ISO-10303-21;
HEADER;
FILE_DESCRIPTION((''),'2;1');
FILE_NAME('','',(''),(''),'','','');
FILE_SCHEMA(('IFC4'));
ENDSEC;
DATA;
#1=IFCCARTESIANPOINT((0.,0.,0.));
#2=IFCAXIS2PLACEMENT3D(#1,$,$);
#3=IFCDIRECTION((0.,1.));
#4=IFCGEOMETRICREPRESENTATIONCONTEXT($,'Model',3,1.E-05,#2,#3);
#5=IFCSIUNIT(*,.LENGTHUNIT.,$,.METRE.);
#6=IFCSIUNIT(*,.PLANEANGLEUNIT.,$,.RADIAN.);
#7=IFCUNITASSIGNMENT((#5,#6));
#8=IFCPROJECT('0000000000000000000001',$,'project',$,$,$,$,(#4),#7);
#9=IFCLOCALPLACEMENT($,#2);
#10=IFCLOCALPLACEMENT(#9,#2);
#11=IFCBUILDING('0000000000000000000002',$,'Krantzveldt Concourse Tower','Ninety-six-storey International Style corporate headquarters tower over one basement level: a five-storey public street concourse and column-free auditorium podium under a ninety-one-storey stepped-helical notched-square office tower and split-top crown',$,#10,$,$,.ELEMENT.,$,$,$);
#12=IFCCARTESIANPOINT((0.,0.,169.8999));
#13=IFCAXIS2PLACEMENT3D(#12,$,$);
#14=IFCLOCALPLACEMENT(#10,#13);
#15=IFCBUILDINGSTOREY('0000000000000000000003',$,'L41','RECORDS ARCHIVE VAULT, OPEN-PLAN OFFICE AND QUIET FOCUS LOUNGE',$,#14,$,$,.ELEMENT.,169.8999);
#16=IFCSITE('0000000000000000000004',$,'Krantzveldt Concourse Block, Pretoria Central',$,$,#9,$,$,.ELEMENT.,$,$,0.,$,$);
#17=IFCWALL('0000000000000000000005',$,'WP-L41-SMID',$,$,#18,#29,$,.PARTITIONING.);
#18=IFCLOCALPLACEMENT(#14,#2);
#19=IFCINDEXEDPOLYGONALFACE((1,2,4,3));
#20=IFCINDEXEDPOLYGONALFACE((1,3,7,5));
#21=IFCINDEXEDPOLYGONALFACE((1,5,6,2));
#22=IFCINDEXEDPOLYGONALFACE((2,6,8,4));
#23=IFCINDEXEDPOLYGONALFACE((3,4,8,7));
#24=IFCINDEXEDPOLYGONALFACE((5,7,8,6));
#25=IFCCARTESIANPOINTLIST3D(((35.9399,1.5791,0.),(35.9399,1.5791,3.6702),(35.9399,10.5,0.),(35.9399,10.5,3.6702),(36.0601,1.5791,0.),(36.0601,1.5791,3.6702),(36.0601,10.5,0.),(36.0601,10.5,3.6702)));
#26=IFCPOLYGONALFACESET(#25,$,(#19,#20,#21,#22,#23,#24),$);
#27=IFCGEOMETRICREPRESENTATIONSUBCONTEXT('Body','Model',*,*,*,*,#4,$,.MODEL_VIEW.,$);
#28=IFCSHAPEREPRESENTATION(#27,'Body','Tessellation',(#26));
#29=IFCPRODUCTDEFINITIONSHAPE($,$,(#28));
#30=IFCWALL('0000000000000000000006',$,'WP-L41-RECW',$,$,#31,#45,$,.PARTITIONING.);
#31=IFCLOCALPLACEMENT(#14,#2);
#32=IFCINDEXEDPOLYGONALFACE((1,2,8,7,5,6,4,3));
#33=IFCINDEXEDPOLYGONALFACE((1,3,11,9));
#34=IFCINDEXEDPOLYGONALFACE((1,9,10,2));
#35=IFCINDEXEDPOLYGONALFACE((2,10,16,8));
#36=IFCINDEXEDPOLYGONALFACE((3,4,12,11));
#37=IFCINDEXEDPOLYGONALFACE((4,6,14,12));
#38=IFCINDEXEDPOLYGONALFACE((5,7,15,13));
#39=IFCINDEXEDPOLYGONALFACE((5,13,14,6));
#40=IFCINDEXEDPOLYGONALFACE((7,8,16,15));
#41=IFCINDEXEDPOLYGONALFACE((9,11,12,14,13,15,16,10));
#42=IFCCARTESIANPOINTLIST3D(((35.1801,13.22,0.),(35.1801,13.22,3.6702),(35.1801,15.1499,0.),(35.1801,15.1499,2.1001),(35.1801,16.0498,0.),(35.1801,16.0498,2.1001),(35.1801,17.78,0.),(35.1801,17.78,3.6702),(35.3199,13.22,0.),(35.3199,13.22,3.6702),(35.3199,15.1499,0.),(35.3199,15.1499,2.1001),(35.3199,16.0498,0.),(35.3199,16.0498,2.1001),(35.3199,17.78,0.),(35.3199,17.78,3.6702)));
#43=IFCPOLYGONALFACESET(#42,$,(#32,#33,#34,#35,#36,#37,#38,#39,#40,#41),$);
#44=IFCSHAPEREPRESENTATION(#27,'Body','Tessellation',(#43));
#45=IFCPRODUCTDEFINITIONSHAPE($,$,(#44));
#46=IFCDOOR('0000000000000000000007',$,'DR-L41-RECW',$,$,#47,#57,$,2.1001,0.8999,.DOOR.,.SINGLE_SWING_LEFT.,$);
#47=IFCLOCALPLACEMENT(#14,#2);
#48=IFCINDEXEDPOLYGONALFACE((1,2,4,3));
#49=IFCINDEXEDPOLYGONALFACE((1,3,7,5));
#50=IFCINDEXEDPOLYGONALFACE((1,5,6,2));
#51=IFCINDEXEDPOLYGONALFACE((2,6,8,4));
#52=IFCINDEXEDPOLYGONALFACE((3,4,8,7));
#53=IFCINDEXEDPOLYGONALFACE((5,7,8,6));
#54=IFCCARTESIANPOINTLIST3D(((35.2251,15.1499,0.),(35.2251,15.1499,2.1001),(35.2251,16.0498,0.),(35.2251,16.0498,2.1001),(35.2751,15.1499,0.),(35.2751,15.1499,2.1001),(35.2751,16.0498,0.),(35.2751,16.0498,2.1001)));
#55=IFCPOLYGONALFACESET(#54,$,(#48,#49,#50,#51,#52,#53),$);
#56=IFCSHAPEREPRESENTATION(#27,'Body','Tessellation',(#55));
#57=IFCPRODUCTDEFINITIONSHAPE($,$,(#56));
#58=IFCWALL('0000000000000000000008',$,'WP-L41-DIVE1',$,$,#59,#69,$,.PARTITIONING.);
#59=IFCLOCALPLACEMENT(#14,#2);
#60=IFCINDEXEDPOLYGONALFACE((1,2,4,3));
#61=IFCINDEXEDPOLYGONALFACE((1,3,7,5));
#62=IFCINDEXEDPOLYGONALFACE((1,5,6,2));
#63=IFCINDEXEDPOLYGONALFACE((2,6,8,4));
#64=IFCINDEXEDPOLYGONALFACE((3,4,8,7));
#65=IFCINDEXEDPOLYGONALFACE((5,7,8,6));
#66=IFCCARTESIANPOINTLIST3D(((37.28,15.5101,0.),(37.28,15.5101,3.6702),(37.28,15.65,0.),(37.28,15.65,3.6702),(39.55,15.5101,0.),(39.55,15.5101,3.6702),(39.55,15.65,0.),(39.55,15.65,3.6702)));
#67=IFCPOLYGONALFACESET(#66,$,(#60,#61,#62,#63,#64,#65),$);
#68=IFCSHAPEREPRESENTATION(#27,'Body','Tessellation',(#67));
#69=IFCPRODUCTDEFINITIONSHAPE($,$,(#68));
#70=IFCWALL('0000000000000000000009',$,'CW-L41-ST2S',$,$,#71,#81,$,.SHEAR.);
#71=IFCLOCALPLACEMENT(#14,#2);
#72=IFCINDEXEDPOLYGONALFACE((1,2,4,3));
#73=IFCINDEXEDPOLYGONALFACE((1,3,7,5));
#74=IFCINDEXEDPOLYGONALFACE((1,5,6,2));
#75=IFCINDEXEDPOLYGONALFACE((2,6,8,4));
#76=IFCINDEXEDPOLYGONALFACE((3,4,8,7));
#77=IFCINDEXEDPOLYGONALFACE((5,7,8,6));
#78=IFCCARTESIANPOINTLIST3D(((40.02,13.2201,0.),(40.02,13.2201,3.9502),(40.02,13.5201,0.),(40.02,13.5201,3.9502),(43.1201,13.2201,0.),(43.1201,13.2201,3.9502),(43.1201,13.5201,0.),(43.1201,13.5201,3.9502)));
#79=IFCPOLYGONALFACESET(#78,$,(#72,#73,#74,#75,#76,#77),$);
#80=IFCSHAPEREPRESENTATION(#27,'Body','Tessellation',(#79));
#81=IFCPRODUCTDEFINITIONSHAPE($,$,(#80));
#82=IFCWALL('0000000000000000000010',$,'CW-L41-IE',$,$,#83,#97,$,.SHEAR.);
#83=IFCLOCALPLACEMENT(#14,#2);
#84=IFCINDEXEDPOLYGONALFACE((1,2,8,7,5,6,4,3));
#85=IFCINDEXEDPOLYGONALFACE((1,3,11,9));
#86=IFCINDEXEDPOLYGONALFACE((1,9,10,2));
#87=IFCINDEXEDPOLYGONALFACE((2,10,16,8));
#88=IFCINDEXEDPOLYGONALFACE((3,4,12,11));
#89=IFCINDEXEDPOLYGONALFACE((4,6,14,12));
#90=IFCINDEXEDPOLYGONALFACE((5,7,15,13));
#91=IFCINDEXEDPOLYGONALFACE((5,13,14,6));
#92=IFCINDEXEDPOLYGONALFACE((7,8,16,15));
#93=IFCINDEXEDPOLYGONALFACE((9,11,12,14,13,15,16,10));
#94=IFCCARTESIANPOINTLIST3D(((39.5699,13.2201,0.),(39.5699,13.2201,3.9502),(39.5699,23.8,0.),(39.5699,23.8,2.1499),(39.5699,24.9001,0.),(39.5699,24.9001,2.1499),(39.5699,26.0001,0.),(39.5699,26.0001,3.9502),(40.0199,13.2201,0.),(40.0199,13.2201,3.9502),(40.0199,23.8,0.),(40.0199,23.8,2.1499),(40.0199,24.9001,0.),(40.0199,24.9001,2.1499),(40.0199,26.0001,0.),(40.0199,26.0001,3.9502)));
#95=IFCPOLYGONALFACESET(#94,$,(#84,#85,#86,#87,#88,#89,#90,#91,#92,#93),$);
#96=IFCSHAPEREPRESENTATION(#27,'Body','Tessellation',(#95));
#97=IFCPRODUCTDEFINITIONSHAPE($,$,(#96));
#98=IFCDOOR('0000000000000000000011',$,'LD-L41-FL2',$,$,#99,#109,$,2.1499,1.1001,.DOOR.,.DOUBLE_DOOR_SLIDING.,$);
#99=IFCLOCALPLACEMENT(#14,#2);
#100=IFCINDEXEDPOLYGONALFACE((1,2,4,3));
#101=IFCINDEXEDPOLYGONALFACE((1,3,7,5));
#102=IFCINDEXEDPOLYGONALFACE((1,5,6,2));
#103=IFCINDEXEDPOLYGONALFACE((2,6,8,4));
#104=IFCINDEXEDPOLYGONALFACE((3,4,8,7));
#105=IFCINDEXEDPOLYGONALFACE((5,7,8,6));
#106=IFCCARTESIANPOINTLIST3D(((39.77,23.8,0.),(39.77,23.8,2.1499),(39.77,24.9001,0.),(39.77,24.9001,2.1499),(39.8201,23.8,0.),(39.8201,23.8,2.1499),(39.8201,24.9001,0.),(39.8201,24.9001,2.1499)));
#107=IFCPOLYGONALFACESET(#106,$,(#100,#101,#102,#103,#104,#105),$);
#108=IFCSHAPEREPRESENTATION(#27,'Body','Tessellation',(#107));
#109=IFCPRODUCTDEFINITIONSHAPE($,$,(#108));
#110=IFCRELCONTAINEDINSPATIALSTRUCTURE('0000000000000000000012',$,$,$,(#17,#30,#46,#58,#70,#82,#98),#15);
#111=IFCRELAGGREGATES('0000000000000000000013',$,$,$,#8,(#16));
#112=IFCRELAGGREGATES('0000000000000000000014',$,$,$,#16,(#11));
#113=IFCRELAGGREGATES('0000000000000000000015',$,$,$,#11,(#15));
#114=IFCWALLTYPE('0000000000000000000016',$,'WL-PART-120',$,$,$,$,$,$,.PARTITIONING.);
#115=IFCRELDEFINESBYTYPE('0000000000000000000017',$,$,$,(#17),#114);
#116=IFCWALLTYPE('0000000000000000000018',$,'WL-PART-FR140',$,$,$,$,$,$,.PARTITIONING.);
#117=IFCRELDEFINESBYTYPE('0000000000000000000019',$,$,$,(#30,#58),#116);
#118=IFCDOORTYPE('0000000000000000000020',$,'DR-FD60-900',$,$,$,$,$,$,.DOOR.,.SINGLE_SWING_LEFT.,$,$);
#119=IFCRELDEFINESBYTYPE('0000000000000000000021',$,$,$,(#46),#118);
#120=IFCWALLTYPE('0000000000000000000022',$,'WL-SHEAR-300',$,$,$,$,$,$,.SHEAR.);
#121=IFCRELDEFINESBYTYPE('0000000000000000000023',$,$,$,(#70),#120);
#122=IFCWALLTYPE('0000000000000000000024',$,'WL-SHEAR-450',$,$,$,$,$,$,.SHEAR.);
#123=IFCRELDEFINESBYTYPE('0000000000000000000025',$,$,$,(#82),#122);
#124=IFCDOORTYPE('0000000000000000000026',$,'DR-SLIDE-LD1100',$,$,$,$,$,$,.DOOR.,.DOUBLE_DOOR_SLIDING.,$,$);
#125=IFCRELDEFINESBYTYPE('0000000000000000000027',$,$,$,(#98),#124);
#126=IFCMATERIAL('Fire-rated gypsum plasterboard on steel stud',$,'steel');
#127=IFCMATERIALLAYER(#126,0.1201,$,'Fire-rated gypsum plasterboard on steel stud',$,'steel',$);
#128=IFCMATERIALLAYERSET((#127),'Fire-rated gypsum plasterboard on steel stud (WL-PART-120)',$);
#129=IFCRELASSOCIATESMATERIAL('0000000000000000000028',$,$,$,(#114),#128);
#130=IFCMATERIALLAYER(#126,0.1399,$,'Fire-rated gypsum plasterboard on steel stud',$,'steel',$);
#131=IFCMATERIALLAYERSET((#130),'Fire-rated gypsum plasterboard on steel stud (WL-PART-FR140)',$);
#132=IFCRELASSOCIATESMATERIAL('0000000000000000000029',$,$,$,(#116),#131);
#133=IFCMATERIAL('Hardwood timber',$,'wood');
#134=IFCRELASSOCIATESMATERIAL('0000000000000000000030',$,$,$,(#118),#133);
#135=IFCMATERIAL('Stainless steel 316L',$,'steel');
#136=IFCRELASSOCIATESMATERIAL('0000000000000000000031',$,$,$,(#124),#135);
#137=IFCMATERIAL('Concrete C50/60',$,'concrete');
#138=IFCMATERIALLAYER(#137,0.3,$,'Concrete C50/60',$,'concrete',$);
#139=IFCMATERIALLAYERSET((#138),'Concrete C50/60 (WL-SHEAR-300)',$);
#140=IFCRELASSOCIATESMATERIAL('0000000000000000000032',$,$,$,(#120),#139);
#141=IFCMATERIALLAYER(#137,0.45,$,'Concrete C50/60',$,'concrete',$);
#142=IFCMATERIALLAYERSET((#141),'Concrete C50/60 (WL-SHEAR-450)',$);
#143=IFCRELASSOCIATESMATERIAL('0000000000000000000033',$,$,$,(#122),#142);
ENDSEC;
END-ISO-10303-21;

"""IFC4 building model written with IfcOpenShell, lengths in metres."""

from ifc_helpers import new_model, si_unit, direction, frame, frame_2d, origin, place, context, subcontext, project, spatial, rectangle, extrude, material, layer, layer_set, type_object, element, fill, save


model = new_model("IFC4")

# Units and contexts
model_context = context("Model", 3, precision=1e-05, world=origin(), true_north=direction((0.0, 1.0)))
body_context = subcontext(model_context, "Body", "Model", "MODEL_VIEW")
ifc_project = project(units=[si_unit("LENGTHUNIT", "METRE"), si_unit("PLANEANGLEUNIT", "RADIAN")], contexts=[model_context])

# Site, building, storey
site_placement = place(None, origin())
site = spatial("IfcSite", under=ifc_project, at=site_placement, Name="Krantzveldt Concourse Block, Pretoria Central", CompositionType="ELEMENT", RefElevation=0.0)
building_placement = place(site_placement, origin())
building = spatial("IfcBuilding", under=site, at=building_placement, Name="Krantzveldt Concourse Tower", Description="Ninety-six-storey International Style corporate headquarters tower over one basement level: a five-storey public street concourse and column-free auditorium podium under a ninety-one-storey stepped-helical notched-square office tower and split-top crown", CompositionType="ELEMENT")
storey_placement = place(building_placement, frame((0.0, 0.0, 169.8999)))
storey = spatial("IfcBuildingStorey", under=building, at=storey_placement, Name="L41", Description="RECORDS ARCHIVE VAULT, OPEN-PLAN OFFICE AND QUIET FOCUS LOUNGE", CompositionType="ELEMENT", Elevation=169.8999)

# Shared definitions
ifc_material_1 = material(Name="Fire-rated gypsum plasterboard on steel stud", Category="steel")
ifc_layer_1 = layer(ifc_material_1, 0.1201, Name="Fire-rated gypsum plasterboard on steel stud", Category="steel")
ifc_layer_set_1 = layer_set([ifc_layer_1], Name="Fire-rated gypsum plasterboard on steel stud (WL-PART-120)")
wall_type_1 = type_object("IfcWallType", Name="WL-PART-120", PredefinedType="PARTITIONING", material=ifc_layer_set_1)
ifc_material_2 = material(Name="Hardwood timber", Category="wood")

# Wall
wall_1_placement = place(storey_placement, frame((36.0, 1.5791, 0.0), z_axis=(0.0, 0.0, 1.0), x_axis=(0.0, 1.0, 0.0)))
element("IfcWall", 1, at=wall_1_placement, inside=storey, type_object=wall_type_1, Name="WP-L41-SMID", PredefinedType="PARTITIONING", context=body_context, shape_type="SweptSolid", body=[
    extrude(rectangle(XDim=8.9209, YDim=0.1201, at=frame_2d((4.4604, 0.0))), origin(), (0.0, 0.0, 1.0), 3.6702),
])

# Wall, opening, door
ifc_layer_2 = layer(ifc_material_1, 0.1399, Name="Fire-rated gypsum plasterboard on steel stud", Category="steel")
ifc_layer_set_2 = layer_set([ifc_layer_2], Name="Fire-rated gypsum plasterboard on steel stud (WL-PART-FR140)")
wall_type_2 = type_object("IfcWallType", Name="WL-PART-FR140", PredefinedType="PARTITIONING", material=ifc_layer_set_2)
wall_2_placement = place(storey_placement, frame((35.25, 13.22, 0.0), z_axis=(0.0, 0.0, 1.0), x_axis=(0.0, 1.0, 0.0)))
wall_2 = element("IfcWall", 2, at=wall_2_placement, inside=storey, type_object=wall_type_2, Name="WP-L41-RECW", PredefinedType="PARTITIONING", context=body_context, shape_type="SweptSolid", body=[
    extrude(rectangle(XDim=4.5601, YDim=0.1399, at=frame_2d((2.28, 0.0))), origin(), (0.0, 0.0, 1.0), 3.6702),
])
opening_1_placement = place(wall_2_placement, frame((1.9299, 0.0, 0.0)))
opening_1 = element("IfcOpeningElement", 3, at=opening_1_placement, cuts=wall_2, PredefinedType="OPENING", context=body_context, shape_type="SweptSolid", body=[
    extrude(rectangle(XDim=0.8999, YDim=2.1001, at=frame_2d((0.45, 1.05))), frame((0.0, 0.0801, 0.0), z_axis=(0.0, -1.0, 0.0), x_axis=(1.0, 0.0, 0.0)), (0.0, 0.0, 1.0), 0.1599),
])
door_type_1 = type_object("IfcDoorType", Name="DR-FD60-900", OperationType="SINGLE_SWING_LEFT", PredefinedType="DOOR", material=ifc_material_2)
door_1_placement = place(opening_1_placement, origin())
door_1 = element("IfcDoor", 4, at=door_1_placement, inside=storey, type_object=door_type_1, Name="DR-L41-RECW", OperationType="SINGLE_SWING_LEFT", OverallHeight=2.1001, OverallWidth=0.8999, PredefinedType="DOOR", context=body_context, shape_type="SweptSolid", body=[
    extrude(rectangle(XDim=0.8999, YDim=2.1001, at=frame_2d((0.45, 1.05))), frame((0.0, 0.0249, 0.0), z_axis=(0.0, -1.0, 0.0), x_axis=(1.0, 0.0, 0.0)), (0.0, 0.0, 1.0), 0.05),
])
fill(opening_1, door_1)

# Shared definitions
ifc_material_3 = material(Name="Stainless steel 316L", Category="steel")
door_type_2 = type_object("IfcDoorType", Name="DR-SLIDE-LD1100", OperationType="DOUBLE_DOOR_SLIDING", PredefinedType="DOOR", material=ifc_material_3)

# Walls
wall_3_placement = place(storey_placement, frame((37.28, 15.5801, 0.0), z_axis=(0.0, 0.0, 1.0), x_axis=(1.0, 0.0, 0.0)))
element("IfcWall", 5, at=wall_3_placement, inside=storey, type_object=wall_type_2, Name="WP-L41-DIVE1", PredefinedType="PARTITIONING", context=body_context, shape_type="SweptSolid", body=[
    extrude(rectangle(XDim=2.27, YDim=0.1399, at=frame_2d((1.135, 0.0))), origin(), (0.0, 0.0, 1.0), 3.6702),
])
ifc_material_4 = material(Name="Concrete C50/60", Category="concrete")
ifc_layer_3 = layer(ifc_material_4, 0.3, Name="Concrete C50/60", Category="concrete")
ifc_layer_set_3 = layer_set([ifc_layer_3], Name="Concrete C50/60 (WL-SHEAR-300)")
wall_type_3 = type_object("IfcWallType", Name="WL-SHEAR-300", PredefinedType="SHEAR", material=ifc_layer_set_3)
wall_4_placement = place(storey_placement, frame((40.02, 13.3701, 0.0), z_axis=(0.0, 0.0, 1.0), x_axis=(1.0, 0.0, 0.0)))
element("IfcWall", 6, at=wall_4_placement, inside=storey, type_object=wall_type_3, Name="CW-L41-ST2S", PredefinedType="SHEAR", context=body_context, shape_type="SweptSolid", body=[
    extrude(rectangle(XDim=3.1001, YDim=0.3, at=frame_2d((1.55, 0.0))), origin(), (0.0, 0.0, 1.0), 3.9502),
])

# Wall, opening, door
ifc_layer_4 = layer(ifc_material_4, 0.45, Name="Concrete C50/60", Category="concrete")
ifc_layer_set_4 = layer_set([ifc_layer_4], Name="Concrete C50/60 (WL-SHEAR-450)")
wall_type_4 = type_object("IfcWallType", Name="WL-SHEAR-450", PredefinedType="SHEAR", material=ifc_layer_set_4)
wall_5_placement = place(storey_placement, frame((39.7949, 13.22, 0.0), z_axis=(0.0, 0.0, 1.0), x_axis=(0.0, 1.0, 0.0)))
wall_5 = element("IfcWall", 7, at=wall_5_placement, inside=storey, type_object=wall_type_4, Name="CW-L41-IE", PredefinedType="SHEAR", context=body_context, shape_type="SweptSolid", body=[
    extrude(rectangle(XDim=12.78, YDim=0.45, at=frame_2d((6.3901, 0.0))), origin(), (0.0, 0.0, 1.0), 3.9502),
])
opening_2_placement = place(wall_5_placement, frame((10.5801, 0.0, 0.0)))
opening_2 = element("IfcOpeningElement", 8, at=opening_2_placement, cuts=wall_5, PredefinedType="OPENING", context=body_context, shape_type="SweptSolid", body=[
    extrude(rectangle(XDim=1.1001, YDim=2.1499, at=frame_2d((0.55, 1.075))), frame((0.0, 0.2349, 0.0), z_axis=(0.0, -1.0, 0.0), x_axis=(1.0, 0.0, 0.0)), (0.0, 0.0, 1.0), 0.47),
])
door_2_placement = place(opening_2_placement, origin())
door_2 = element("IfcDoor", 9, at=door_2_placement, inside=storey, type_object=door_type_2, Name="LD-L41-FL2", OperationType="DOUBLE_DOOR_SLIDING", OverallHeight=2.1499, OverallWidth=1.1001, PredefinedType="DOOR", context=body_context, shape_type="SweptSolid", body=[
    extrude(rectangle(XDim=1.1001, YDim=2.1499, at=frame_2d((0.55, 1.075))), frame((0.0, 0.0249, 0.0), z_axis=(0.0, -1.0, 0.0), x_axis=(1.0, 0.0, 0.0)), (0.0, 0.0, 1.0), 0.05),
])
fill(opening_2, door_2)

save(model, "model.ifc")
